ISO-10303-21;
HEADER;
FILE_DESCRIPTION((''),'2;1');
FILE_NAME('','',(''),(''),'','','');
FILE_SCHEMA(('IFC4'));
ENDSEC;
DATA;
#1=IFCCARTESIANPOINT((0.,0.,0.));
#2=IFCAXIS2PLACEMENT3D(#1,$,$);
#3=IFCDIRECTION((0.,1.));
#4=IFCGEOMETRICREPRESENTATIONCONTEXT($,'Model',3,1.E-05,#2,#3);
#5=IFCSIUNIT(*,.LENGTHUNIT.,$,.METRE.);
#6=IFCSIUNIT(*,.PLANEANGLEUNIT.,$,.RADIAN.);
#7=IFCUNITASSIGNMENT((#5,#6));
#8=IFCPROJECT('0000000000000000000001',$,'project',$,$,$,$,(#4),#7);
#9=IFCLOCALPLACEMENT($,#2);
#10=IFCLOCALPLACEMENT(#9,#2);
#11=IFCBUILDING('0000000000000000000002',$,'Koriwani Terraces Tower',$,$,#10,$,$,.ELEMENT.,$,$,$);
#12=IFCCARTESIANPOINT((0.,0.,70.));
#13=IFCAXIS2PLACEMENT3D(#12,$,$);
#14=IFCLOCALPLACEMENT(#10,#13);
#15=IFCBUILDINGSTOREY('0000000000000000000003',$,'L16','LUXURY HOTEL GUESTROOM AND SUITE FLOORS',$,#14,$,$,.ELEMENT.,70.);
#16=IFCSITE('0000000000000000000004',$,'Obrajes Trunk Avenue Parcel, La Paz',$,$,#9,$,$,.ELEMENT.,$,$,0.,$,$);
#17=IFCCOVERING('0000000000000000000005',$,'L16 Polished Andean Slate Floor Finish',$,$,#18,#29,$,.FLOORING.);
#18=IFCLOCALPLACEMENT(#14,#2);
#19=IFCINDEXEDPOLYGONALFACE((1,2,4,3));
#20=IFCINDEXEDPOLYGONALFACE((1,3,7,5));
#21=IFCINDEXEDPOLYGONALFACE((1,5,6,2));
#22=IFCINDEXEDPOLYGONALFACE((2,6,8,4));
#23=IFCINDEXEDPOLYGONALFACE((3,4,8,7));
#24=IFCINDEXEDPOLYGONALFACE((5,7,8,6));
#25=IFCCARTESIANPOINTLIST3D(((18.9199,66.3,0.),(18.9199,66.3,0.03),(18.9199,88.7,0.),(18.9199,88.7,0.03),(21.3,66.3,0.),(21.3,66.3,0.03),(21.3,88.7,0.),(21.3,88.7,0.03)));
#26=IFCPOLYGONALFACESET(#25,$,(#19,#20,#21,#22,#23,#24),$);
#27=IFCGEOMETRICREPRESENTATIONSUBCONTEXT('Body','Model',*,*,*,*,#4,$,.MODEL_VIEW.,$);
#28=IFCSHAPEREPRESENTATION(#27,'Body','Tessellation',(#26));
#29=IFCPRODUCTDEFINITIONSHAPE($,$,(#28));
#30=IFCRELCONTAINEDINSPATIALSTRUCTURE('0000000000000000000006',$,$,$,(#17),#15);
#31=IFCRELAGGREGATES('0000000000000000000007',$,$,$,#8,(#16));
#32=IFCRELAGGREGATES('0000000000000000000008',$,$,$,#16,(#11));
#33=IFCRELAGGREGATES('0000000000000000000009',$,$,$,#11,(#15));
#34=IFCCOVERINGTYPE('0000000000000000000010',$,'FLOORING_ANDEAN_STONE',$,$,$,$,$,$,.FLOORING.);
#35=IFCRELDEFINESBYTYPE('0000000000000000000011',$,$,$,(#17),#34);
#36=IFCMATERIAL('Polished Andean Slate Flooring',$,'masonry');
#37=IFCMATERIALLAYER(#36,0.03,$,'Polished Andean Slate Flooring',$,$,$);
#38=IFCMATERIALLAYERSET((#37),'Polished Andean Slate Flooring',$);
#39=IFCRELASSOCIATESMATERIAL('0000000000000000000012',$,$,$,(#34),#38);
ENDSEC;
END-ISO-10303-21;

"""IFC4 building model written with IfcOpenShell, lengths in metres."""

from ifc_helpers import new_model, si_unit, direction, frame, origin, place, context, subcontext, project, spatial, polyline, outline, extrude, material, layer, layer_set, type_object, element, save


model = new_model("IFC4")

# Units and contexts
model_context = context("Model", 3, precision=1e-05, world=origin(), true_north=direction((0.0, 1.0)))
body_context = subcontext(model_context, "Body", "Model", "MODEL_VIEW")
ifc_project = project(units=[si_unit("LENGTHUNIT", "METRE"), si_unit("PLANEANGLEUNIT", "RADIAN")], contexts=[model_context])

# Site, building, storey
site_placement = place(None, origin())
site = spatial("IfcSite", under=ifc_project, at=site_placement, Name="Obrajes Trunk Avenue Parcel, La Paz", CompositionType="ELEMENT", RefElevation=0.0)
building_placement = place(site_placement, origin())
building = spatial("IfcBuilding", under=site, at=building_placement, Name="Koriwani Terraces Tower", CompositionType="ELEMENT")
storey_placement = place(building_placement, frame((0.0, 0.0, 70.0)))
storey = spatial("IfcBuildingStorey", under=building, at=storey_placement, Name="L16", Description="LUXURY HOTEL GUESTROOM AND SUITE FLOORS", CompositionType="ELEMENT", Elevation=70.0)

# Covering
ifc_material_1 = material(Name="Polished Andean Slate Flooring", Category="masonry")
ifc_layer_1 = layer(ifc_material_1, 0.03, Name="Polished Andean Slate Flooring")
ifc_layer_set_1 = layer_set([ifc_layer_1], Name="Polished Andean Slate Flooring")
covering_type_1 = type_object("IfcCoveringType", Name="FLOORING_ANDEAN_STONE", PredefinedType="FLOORING", material=ifc_layer_set_1)
covering_1_placement = place(storey_placement, origin())
element("IfcCovering", 1, at=covering_1_placement, inside=storey, type_object=covering_type_1, Name="L16 Polished Andean Slate Floor Finish", PredefinedType="FLOORING", context=body_context, shape_type="SweptSolid", body=[
    extrude(outline(polyline([(18.9199, 66.3), (18.9199, 88.7), (21.3, 88.7), (21.3, 66.3), (18.9199, 66.3)])), origin(), (0.0, 0.0, 1.0), 0.03),
])

save(model, "model.ifc")
